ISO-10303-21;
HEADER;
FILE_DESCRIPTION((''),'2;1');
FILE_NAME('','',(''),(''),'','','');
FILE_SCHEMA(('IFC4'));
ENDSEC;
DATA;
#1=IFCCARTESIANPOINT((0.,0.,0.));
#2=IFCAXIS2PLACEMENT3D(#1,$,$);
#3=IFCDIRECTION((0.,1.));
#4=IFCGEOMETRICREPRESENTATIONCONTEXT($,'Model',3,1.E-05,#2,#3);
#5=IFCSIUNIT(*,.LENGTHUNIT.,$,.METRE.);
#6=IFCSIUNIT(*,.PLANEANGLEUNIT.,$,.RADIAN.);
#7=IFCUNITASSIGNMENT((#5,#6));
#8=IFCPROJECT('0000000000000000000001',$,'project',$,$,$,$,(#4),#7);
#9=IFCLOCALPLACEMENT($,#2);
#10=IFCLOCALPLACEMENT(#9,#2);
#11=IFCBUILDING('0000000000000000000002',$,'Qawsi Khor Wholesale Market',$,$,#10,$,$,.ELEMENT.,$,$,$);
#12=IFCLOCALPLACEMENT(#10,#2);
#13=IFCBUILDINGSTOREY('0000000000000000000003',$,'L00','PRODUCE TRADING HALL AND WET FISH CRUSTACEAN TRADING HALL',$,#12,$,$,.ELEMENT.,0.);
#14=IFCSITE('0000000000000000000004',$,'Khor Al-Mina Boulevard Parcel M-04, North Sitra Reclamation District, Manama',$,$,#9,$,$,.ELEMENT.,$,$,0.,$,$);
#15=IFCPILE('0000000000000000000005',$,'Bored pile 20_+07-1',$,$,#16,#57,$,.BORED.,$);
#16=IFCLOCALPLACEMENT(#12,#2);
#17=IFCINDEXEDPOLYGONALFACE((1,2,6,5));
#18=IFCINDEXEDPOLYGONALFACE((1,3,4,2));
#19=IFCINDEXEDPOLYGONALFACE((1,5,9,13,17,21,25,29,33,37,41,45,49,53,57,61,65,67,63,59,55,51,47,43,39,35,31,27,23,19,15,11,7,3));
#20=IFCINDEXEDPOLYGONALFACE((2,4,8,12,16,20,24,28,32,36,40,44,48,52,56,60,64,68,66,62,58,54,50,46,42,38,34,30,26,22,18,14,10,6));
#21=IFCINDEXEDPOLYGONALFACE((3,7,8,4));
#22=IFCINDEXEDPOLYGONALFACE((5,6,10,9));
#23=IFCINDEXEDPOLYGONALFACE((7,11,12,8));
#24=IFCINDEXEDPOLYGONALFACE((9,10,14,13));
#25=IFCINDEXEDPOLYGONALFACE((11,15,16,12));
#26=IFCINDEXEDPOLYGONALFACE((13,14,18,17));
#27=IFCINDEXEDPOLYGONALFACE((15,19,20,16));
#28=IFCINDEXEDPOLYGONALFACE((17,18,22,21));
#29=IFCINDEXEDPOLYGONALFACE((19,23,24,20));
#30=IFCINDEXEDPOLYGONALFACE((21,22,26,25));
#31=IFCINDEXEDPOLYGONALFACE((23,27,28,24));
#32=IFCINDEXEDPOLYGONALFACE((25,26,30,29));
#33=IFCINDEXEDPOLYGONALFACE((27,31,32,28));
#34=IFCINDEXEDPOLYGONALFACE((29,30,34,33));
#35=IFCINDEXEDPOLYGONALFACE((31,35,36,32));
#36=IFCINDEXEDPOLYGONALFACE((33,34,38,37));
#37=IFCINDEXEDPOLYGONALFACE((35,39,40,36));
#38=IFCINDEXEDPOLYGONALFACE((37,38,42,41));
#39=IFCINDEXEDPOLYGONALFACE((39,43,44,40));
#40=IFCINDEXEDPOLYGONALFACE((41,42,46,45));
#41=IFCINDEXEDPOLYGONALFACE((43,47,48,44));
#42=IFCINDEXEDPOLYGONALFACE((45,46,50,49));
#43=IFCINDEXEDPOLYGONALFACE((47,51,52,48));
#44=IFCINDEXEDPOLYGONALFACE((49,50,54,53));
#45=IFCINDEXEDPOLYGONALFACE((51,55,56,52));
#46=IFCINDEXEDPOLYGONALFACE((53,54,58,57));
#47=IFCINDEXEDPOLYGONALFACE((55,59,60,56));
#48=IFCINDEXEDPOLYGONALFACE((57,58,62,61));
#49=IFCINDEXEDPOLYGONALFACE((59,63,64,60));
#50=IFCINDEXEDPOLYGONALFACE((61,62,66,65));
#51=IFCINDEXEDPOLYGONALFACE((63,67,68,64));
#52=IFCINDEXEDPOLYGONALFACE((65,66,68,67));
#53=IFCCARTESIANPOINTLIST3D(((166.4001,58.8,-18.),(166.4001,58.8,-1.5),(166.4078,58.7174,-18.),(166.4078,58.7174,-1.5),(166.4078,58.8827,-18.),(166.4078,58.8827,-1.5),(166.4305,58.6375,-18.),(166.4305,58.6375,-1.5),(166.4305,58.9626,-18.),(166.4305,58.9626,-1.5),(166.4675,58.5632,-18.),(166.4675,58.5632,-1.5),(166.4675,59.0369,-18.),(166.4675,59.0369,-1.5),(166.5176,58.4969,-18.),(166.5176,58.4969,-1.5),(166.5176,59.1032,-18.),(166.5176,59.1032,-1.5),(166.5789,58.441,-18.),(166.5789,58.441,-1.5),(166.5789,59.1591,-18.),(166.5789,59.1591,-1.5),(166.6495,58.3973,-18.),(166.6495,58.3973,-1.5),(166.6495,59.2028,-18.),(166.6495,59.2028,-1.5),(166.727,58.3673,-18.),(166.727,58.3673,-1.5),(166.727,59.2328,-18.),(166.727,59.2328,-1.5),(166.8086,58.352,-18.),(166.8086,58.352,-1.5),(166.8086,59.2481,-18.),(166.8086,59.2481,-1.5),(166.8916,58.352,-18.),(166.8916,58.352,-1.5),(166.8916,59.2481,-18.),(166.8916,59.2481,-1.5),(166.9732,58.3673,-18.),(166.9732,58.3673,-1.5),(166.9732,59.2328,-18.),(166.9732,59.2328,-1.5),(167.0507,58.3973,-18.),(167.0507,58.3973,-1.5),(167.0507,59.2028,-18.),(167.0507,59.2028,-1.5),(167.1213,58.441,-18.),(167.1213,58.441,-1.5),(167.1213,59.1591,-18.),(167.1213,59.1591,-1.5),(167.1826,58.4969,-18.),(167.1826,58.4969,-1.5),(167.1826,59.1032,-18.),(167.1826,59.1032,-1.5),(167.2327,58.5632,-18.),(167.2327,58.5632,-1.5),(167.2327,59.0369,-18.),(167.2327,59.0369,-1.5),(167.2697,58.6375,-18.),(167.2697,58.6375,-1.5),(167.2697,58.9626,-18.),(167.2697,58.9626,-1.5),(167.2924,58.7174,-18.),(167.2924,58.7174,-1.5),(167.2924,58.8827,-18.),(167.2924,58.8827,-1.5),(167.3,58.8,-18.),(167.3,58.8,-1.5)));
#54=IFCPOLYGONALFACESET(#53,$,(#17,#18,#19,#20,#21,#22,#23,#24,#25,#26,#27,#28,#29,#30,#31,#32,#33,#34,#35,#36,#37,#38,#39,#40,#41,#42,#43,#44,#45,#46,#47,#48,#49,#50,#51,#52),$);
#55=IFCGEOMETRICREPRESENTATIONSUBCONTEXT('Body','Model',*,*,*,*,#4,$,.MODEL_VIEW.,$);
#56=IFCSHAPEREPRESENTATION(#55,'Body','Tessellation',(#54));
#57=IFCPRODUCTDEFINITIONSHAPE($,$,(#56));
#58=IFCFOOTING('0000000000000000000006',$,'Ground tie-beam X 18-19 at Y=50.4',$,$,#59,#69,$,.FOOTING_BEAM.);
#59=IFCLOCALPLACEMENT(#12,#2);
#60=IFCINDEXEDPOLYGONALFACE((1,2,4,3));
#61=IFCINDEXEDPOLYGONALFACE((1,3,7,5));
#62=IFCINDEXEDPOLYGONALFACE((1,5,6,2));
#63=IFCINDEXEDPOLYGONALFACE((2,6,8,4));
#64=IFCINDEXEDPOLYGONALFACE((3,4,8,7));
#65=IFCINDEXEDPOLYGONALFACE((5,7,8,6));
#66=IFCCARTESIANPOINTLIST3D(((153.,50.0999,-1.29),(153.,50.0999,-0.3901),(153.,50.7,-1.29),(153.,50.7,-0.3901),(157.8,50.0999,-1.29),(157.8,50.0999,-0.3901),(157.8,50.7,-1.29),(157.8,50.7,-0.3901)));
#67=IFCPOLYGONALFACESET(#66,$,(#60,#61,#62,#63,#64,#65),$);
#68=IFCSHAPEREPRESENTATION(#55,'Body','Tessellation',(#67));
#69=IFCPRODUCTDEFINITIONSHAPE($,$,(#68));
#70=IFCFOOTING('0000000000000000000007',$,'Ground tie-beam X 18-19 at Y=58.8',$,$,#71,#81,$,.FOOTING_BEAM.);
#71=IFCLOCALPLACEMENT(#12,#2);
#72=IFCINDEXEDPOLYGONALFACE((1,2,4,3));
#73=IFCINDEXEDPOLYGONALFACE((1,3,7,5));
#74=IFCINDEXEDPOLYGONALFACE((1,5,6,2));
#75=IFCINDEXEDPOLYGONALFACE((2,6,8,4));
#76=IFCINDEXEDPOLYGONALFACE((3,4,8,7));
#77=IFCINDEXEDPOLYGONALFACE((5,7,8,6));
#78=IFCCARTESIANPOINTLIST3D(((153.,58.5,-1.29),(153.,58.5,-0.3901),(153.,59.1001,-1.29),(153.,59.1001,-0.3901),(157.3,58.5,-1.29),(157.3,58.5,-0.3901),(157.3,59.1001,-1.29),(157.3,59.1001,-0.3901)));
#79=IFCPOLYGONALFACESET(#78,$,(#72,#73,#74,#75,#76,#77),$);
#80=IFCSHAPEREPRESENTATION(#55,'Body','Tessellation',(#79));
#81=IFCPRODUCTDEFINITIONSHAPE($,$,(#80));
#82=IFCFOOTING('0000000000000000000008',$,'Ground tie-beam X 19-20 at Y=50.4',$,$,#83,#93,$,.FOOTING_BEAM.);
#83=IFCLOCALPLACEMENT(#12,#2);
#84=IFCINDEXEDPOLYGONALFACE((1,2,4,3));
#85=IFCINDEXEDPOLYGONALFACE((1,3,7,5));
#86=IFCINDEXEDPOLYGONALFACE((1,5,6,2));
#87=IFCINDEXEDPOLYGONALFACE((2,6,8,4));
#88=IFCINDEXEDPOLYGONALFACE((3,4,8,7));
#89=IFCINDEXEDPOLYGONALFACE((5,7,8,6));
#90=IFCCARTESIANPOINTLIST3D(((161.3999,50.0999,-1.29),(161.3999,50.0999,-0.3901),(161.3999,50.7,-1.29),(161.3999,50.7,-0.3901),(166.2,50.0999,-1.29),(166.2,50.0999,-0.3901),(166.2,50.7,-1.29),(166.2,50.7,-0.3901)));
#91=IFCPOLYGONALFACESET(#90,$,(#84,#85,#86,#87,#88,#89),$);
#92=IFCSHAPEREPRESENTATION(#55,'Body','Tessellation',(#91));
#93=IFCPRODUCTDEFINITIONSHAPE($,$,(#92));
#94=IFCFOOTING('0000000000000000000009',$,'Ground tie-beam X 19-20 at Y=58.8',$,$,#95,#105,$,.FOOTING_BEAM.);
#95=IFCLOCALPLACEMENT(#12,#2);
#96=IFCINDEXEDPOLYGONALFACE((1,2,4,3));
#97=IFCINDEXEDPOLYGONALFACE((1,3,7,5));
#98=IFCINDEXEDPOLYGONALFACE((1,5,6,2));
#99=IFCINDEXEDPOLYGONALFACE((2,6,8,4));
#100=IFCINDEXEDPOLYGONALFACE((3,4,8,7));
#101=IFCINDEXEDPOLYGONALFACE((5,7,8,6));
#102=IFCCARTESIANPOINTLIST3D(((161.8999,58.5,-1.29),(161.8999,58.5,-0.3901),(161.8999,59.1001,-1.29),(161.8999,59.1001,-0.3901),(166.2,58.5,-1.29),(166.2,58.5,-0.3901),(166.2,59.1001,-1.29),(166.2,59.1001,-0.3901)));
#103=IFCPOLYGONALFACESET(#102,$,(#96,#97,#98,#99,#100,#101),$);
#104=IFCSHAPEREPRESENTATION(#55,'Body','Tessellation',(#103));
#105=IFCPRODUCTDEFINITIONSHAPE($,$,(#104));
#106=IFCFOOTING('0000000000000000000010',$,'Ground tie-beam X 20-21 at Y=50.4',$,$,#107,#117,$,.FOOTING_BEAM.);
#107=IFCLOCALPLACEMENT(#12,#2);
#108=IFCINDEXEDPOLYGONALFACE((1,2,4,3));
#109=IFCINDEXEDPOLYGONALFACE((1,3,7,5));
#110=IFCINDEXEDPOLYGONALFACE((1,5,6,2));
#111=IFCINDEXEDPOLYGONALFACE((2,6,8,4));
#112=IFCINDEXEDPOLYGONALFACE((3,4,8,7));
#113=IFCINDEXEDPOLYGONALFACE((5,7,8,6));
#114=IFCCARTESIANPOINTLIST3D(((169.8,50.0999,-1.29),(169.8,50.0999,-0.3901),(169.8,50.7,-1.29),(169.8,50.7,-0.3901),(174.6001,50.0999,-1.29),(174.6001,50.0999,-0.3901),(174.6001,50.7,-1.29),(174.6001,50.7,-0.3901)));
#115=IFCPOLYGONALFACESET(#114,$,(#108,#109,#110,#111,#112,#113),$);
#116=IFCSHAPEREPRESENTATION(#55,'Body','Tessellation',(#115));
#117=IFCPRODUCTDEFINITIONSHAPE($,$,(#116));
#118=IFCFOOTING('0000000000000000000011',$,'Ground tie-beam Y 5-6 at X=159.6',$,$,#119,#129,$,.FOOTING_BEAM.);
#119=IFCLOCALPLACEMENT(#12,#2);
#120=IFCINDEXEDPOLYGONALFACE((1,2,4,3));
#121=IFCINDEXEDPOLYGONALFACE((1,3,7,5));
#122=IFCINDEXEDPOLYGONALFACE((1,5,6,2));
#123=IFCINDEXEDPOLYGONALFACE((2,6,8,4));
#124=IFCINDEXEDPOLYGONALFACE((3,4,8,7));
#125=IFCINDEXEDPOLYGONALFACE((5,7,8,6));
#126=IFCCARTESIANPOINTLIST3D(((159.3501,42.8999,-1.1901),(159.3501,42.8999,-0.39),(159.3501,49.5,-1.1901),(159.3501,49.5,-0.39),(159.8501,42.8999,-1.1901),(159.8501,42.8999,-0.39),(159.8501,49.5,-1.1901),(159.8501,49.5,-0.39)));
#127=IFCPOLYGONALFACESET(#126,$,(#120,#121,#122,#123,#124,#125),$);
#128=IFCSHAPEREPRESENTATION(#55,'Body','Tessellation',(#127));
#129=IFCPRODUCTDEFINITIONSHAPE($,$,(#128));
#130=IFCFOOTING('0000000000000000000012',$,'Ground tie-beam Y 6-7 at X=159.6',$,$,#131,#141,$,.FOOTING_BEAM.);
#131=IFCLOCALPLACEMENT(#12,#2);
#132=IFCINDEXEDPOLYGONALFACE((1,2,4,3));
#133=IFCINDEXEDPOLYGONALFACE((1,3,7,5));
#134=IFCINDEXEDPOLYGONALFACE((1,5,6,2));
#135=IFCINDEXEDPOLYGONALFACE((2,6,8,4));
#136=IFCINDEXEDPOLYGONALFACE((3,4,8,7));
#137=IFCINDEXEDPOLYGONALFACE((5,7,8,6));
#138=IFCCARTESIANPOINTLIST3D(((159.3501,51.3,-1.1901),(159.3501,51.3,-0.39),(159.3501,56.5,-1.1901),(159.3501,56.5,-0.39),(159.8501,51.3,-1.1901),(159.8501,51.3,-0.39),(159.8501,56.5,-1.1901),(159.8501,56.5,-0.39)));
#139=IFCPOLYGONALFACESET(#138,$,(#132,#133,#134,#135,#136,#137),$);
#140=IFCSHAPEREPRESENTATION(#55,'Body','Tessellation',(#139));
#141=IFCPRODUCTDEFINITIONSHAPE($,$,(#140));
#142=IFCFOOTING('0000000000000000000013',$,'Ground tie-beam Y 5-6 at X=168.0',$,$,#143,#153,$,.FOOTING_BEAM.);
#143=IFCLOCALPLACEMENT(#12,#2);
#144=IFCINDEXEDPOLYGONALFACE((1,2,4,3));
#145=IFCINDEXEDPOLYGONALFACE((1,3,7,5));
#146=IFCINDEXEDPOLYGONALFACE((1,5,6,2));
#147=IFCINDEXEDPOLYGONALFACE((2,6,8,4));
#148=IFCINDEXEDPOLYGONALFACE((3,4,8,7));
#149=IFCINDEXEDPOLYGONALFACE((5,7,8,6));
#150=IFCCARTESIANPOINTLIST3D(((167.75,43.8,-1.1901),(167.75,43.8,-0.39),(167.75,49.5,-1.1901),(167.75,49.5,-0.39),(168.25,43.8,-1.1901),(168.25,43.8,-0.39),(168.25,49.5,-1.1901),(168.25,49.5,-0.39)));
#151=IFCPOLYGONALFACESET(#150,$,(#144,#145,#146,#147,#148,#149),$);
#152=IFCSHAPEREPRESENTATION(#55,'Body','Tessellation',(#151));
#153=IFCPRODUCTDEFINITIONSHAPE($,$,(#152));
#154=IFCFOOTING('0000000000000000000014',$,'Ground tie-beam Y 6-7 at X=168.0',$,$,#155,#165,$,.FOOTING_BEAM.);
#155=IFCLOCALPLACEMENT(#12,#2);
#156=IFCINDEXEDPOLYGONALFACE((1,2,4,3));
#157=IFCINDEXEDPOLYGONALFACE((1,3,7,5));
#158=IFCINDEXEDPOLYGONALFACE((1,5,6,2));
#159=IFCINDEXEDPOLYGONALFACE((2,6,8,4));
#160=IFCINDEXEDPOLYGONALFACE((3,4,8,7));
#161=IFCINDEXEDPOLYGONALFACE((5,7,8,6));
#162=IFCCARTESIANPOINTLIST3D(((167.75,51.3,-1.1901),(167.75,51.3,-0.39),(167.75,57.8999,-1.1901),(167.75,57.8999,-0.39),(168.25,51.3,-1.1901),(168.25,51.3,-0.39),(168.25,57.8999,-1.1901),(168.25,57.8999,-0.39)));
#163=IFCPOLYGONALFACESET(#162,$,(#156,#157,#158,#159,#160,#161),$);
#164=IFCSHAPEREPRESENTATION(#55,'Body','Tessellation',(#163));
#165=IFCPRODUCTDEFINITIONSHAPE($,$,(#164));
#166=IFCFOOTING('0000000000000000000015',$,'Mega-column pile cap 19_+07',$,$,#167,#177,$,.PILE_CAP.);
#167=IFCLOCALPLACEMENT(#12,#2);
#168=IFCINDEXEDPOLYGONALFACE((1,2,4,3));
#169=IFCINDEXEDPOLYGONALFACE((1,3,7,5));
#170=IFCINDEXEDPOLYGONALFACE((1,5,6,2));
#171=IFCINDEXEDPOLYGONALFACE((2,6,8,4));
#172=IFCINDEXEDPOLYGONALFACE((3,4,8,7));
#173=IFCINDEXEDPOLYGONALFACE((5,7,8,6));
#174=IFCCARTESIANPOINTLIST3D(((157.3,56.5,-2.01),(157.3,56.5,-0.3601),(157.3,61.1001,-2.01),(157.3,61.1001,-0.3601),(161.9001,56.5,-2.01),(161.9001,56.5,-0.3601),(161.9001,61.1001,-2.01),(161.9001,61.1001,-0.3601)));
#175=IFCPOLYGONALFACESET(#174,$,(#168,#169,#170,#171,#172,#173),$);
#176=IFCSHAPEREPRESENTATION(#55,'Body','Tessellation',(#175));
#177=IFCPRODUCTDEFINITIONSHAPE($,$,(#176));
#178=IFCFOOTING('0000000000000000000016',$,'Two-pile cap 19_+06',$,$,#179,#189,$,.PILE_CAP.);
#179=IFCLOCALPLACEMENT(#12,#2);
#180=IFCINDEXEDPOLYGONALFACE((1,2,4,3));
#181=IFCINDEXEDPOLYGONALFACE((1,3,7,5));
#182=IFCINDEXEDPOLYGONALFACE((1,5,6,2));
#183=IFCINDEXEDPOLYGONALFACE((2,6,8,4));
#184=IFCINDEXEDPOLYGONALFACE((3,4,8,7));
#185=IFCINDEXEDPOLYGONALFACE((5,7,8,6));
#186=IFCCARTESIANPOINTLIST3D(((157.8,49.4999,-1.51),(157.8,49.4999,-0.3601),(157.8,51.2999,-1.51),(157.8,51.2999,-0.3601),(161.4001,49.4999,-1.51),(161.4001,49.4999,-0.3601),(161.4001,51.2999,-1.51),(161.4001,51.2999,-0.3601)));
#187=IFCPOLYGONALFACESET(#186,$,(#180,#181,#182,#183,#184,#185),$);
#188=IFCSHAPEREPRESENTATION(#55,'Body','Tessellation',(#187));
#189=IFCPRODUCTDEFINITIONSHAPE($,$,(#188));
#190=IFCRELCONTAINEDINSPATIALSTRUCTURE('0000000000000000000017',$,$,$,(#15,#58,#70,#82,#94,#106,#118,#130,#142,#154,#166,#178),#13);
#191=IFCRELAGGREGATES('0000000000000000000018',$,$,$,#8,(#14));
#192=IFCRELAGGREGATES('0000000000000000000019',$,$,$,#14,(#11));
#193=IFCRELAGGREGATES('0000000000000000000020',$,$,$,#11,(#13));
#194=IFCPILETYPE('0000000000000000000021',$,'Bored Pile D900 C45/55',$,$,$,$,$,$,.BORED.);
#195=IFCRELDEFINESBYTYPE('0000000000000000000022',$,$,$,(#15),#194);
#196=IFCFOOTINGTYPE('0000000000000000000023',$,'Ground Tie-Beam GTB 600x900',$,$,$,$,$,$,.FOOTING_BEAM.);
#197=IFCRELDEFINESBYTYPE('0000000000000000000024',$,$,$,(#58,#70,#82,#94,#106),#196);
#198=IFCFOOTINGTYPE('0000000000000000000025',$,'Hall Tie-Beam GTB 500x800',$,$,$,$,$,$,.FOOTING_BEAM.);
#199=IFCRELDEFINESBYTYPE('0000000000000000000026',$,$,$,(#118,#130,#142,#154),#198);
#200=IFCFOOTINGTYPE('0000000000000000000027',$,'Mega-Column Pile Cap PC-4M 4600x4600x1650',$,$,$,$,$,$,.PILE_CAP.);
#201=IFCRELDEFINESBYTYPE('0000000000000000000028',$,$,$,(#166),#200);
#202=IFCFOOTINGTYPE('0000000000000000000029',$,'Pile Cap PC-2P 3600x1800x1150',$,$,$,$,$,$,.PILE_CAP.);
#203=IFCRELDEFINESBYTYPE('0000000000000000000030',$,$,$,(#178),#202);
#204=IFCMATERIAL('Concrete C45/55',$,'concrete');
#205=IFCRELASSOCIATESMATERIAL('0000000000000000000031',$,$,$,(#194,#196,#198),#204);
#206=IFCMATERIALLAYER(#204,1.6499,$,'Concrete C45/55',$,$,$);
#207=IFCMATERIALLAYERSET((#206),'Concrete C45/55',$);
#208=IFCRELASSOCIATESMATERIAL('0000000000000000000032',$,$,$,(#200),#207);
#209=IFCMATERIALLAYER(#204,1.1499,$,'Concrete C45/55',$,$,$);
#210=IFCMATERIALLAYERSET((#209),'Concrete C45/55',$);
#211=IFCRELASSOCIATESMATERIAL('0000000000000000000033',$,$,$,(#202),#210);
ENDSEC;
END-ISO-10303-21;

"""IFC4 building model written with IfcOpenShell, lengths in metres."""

from ifc_helpers import new_model, si_unit, direction, frame, origin, origin_2d, place, context, subcontext, project, spatial, rectangle, circle, extrude, material, layer, layer_set, material_profile, profile_set, type_object, element, save


model = new_model("IFC4")

# Units and contexts
model_context = context("Model", 3, precision=1e-05, world=origin(), true_north=direction((0.0, 1.0)))
body_context = subcontext(model_context, "Body", "Model", "MODEL_VIEW")
ifc_project = project(units=[si_unit("LENGTHUNIT", "METRE"), si_unit("PLANEANGLEUNIT", "RADIAN")], contexts=[model_context])

# Site, building, storey
site_placement = place(None, origin())
site = spatial("IfcSite", under=ifc_project, at=site_placement, Name="Khor Al-Mina Boulevard Parcel M-04, North Sitra Reclamation District, Manama", CompositionType="ELEMENT", RefElevation=0.0)
building_placement = place(site_placement, origin())
building = spatial("IfcBuilding", under=site, at=building_placement, Name="Qawsi Khor Wholesale Market", CompositionType="ELEMENT")
storey_placement = place(building_placement, origin())
storey = spatial("IfcBuildingStorey", under=building, at=storey_placement, Name="L00", Description="PRODUCE TRADING HALL AND WET FISH CRUSTACEAN TRADING HALL", CompositionType="ELEMENT", Elevation=0.0)

# Pile
ifc_material_1 = material(Name="Concrete C45/55", Category="concrete")
ifc_material_profile_1 = material_profile(ifc_material_1, circle(Radius=0.45, at=origin_2d()), Name="PILE D900")
ifc_profile_set_1 = profile_set([ifc_material_profile_1], Name="Concrete C45/55")
pile_type_1 = type_object("IfcPileType", Name="Bored Pile D900 C45/55", PredefinedType="BORED", material=ifc_profile_set_1)
for number, where, z_axis, x_axis, name in (
    (1, (166.8501, 58.8, -1.5), (0.0, 0.0, -1.0), (1.0, 0.0, 0.0), "Bored pile 20_+07-1"),
):
    element("IfcPile", number, at=place(storey_placement, frame(where, z_axis=z_axis, x_axis=x_axis)), inside=storey, type_object=pile_type_1, Name=name, PredefinedType="BORED", context=body_context, shape_type="SweptSolid", body=[
        extrude(circle(Radius=0.45, at=origin_2d()), origin(), (0.0, 0.0, 1.0), 16.5),
    ])

# Footings
ifc_material_profile_2 = material_profile(ifc_material_1, rectangle(XDim=0.6001, YDim=0.8999, at=origin_2d()), Name="RC 600x900")
ifc_profile_set_2 = profile_set([ifc_material_profile_2], Name="Concrete C45/55")
footing_type_1 = type_object("IfcFootingType", Name="Ground Tie-Beam GTB 600x900", PredefinedType="FOOTING_BEAM", material=ifc_profile_set_2)
footing_1_placement = place(storey_placement, frame((153.0, 50.3999, -0.8401), z_axis=(1.0, 0.0, 0.0), x_axis=(0.0, 1.0, 0.0)))
element("IfcFooting", 2, at=footing_1_placement, inside=storey, type_object=footing_type_1, Name="Ground tie-beam X 18-19 at Y=50.4", PredefinedType="FOOTING_BEAM", context=body_context, shape_type="SweptSolid", body=[
    extrude(rectangle(XDim=0.6001, YDim=0.8999, at=origin_2d()), origin(), (0.0, 0.0, 1.0), 4.8),
])
footing_2_placement = place(storey_placement, frame((153.0, 58.8, -0.8401), z_axis=(1.0, 0.0, 0.0), x_axis=(0.0, 1.0, 0.0)))
element("IfcFooting", 3, at=footing_2_placement, inside=storey, type_object=footing_type_1, Name="Ground tie-beam X 18-19 at Y=58.8", PredefinedType="FOOTING_BEAM", context=body_context, shape_type="SweptSolid", body=[
    extrude(rectangle(XDim=0.6001, YDim=0.8999, at=origin_2d()), origin(), (0.0, 0.0, 1.0), 4.3),
])
footing_3_placement = place(storey_placement, frame((161.3999, 50.3999, -0.8401), z_axis=(1.0, 0.0, 0.0), x_axis=(0.0, 1.0, 0.0)))
element("IfcFooting", 4, at=footing_3_placement, inside=storey, type_object=footing_type_1, Name="Ground tie-beam X 19-20 at Y=50.4", PredefinedType="FOOTING_BEAM", context=body_context, shape_type="SweptSolid", body=[
    extrude(rectangle(XDim=0.6001, YDim=0.8999, at=origin_2d()), origin(), (0.0, 0.0, 1.0), 4.8),
])
footing_4_placement = place(storey_placement, frame((161.8999, 58.8, -0.8401), z_axis=(1.0, 0.0, 0.0), x_axis=(0.0, 1.0, 0.0)))
element("IfcFooting", 5, at=footing_4_placement, inside=storey, type_object=footing_type_1, Name="Ground tie-beam X 19-20 at Y=58.8", PredefinedType="FOOTING_BEAM", context=body_context, shape_type="SweptSolid", body=[
    extrude(rectangle(XDim=0.6001, YDim=0.8999, at=origin_2d()), origin(), (0.0, 0.0, 1.0), 4.3),
])
footing_5_placement = place(storey_placement, frame((169.8, 50.3999, -0.8401), z_axis=(1.0, 0.0, 0.0), x_axis=(0.0, 1.0, 0.0)))
element("IfcFooting", 6, at=footing_5_placement, inside=storey, type_object=footing_type_1, Name="Ground tie-beam X 20-21 at Y=50.4", PredefinedType="FOOTING_BEAM", context=body_context, shape_type="SweptSolid", body=[
    extrude(rectangle(XDim=0.6001, YDim=0.8999, at=origin_2d()), origin(), (0.0, 0.0, 1.0), 4.8),
])
ifc_material_profile_3 = material_profile(ifc_material_1, rectangle(XDim=0.5, YDim=0.8, at=origin_2d()), Name="RC 500x800")
ifc_profile_set_3 = profile_set([ifc_material_profile_3], Name="Concrete C45/55")
footing_type_2 = type_object("IfcFootingType", Name="Hall Tie-Beam GTB 500x800", PredefinedType="FOOTING_BEAM", material=ifc_profile_set_3)
footing_6_placement = place(storey_placement, frame((159.6001, 42.8999, -0.79), z_axis=(0.0, 1.0, 0.0), x_axis=(-1.0, 0.0, 0.0)))
element("IfcFooting", 7, at=footing_6_placement, inside=storey, type_object=footing_type_2, Name="Ground tie-beam Y 5-6 at X=159.6", PredefinedType="FOOTING_BEAM", context=body_context, shape_type="SweptSolid", body=[
    extrude(rectangle(XDim=0.5, YDim=0.8, at=origin_2d()), origin(), (0.0, 0.0, 1.0), 6.6001),
])
footing_7_placement = place(storey_placement, frame((159.6001, 51.3, -0.79), z_axis=(0.0, 1.0, 0.0), x_axis=(-1.0, 0.0, 0.0)))
element("IfcFooting", 8, at=footing_7_placement, inside=storey, type_object=footing_type_2, Name="Ground tie-beam Y 6-7 at X=159.6", PredefinedType="FOOTING_BEAM", context=body_context, shape_type="SweptSolid", body=[
    extrude(rectangle(XDim=0.5, YDim=0.8, at=origin_2d()), origin(), (0.0, 0.0, 1.0), 5.2),
])
footing_8_placement = place(storey_placement, frame((168.0, 43.8, -0.79), z_axis=(0.0, 1.0, 0.0), x_axis=(-1.0, 0.0, 0.0)))
element("IfcFooting", 9, at=footing_8_placement, inside=storey, type_object=footing_type_2, Name="Ground tie-beam Y 5-6 at X=168.0", PredefinedType="FOOTING_BEAM", context=body_context, shape_type="SweptSolid", body=[
    extrude(rectangle(XDim=0.5, YDim=0.8, at=origin_2d()), origin(), (0.0, 0.0, 1.0), 5.7),
])
footing_9_placement = place(storey_placement, frame((168.0, 51.3, -0.79), z_axis=(0.0, 1.0, 0.0), x_axis=(-1.0, 0.0, 0.0)))
element("IfcFooting", 10, at=footing_9_placement, inside=storey, type_object=footing_type_2, Name="Ground tie-beam Y 6-7 at X=168.0", PredefinedType="FOOTING_BEAM", context=body_context, shape_type="SweptSolid", body=[
    extrude(rectangle(XDim=0.5, YDim=0.8, at=origin_2d()), origin(), (0.0, 0.0, 1.0), 6.5999),
])
ifc_layer_1 = layer(ifc_material_1, 1.6499, Name="Concrete C45/55")
ifc_layer_set_1 = layer_set([ifc_layer_1], Name="Concrete C45/55")
footing_type_3 = type_object("IfcFootingType", Name="Mega-Column Pile Cap PC-4M 4600x4600x1650", PredefinedType="PILE_CAP", material=ifc_layer_set_1)
footing_10_placement = place(storey_placement, frame((159.6001, 58.8, -2.01), z_axis=(0.0, 0.0, 1.0), x_axis=(1.0, 0.0, 0.0)))
element("IfcFooting", 11, at=footing_10_placement, inside=storey, type_object=footing_type_3, Name="Mega-column pile cap 19_+07", PredefinedType="PILE_CAP", context=body_context, shape_type="SweptSolid", body=[
    extrude(rectangle(XDim=4.6001, YDim=4.6001, at=origin_2d()), origin(), (0.0, 0.0, 1.0), 1.6499),
])
ifc_layer_2 = layer(ifc_material_1, 1.1499, Name="Concrete C45/55")
ifc_layer_set_2 = layer_set([ifc_layer_2], Name="Concrete C45/55")
footing_type_4 = type_object("IfcFootingType", Name="Pile Cap PC-2P 3600x1800x1150", PredefinedType="PILE_CAP", material=ifc_layer_set_2)
for number, where, z_axis, x_axis, name in (
    (12, (159.6001, 50.3999, -1.51), (0.0, 0.0, 1.0), (1.0, 0.0, 0.0), "Two-pile cap 19_+06"),
):
    element("IfcFooting", number, at=place(storey_placement, frame(where, z_axis=z_axis, x_axis=x_axis)), inside=storey, type_object=footing_type_4, Name=name, PredefinedType="PILE_CAP", context=body_context, shape_type="SweptSolid", body=[
        extrude(rectangle(XDim=3.6001, YDim=1.8, at=origin_2d()), origin(), (0.0, 0.0, 1.0), 1.1499),
    ])

save(model, "model.ifc")
